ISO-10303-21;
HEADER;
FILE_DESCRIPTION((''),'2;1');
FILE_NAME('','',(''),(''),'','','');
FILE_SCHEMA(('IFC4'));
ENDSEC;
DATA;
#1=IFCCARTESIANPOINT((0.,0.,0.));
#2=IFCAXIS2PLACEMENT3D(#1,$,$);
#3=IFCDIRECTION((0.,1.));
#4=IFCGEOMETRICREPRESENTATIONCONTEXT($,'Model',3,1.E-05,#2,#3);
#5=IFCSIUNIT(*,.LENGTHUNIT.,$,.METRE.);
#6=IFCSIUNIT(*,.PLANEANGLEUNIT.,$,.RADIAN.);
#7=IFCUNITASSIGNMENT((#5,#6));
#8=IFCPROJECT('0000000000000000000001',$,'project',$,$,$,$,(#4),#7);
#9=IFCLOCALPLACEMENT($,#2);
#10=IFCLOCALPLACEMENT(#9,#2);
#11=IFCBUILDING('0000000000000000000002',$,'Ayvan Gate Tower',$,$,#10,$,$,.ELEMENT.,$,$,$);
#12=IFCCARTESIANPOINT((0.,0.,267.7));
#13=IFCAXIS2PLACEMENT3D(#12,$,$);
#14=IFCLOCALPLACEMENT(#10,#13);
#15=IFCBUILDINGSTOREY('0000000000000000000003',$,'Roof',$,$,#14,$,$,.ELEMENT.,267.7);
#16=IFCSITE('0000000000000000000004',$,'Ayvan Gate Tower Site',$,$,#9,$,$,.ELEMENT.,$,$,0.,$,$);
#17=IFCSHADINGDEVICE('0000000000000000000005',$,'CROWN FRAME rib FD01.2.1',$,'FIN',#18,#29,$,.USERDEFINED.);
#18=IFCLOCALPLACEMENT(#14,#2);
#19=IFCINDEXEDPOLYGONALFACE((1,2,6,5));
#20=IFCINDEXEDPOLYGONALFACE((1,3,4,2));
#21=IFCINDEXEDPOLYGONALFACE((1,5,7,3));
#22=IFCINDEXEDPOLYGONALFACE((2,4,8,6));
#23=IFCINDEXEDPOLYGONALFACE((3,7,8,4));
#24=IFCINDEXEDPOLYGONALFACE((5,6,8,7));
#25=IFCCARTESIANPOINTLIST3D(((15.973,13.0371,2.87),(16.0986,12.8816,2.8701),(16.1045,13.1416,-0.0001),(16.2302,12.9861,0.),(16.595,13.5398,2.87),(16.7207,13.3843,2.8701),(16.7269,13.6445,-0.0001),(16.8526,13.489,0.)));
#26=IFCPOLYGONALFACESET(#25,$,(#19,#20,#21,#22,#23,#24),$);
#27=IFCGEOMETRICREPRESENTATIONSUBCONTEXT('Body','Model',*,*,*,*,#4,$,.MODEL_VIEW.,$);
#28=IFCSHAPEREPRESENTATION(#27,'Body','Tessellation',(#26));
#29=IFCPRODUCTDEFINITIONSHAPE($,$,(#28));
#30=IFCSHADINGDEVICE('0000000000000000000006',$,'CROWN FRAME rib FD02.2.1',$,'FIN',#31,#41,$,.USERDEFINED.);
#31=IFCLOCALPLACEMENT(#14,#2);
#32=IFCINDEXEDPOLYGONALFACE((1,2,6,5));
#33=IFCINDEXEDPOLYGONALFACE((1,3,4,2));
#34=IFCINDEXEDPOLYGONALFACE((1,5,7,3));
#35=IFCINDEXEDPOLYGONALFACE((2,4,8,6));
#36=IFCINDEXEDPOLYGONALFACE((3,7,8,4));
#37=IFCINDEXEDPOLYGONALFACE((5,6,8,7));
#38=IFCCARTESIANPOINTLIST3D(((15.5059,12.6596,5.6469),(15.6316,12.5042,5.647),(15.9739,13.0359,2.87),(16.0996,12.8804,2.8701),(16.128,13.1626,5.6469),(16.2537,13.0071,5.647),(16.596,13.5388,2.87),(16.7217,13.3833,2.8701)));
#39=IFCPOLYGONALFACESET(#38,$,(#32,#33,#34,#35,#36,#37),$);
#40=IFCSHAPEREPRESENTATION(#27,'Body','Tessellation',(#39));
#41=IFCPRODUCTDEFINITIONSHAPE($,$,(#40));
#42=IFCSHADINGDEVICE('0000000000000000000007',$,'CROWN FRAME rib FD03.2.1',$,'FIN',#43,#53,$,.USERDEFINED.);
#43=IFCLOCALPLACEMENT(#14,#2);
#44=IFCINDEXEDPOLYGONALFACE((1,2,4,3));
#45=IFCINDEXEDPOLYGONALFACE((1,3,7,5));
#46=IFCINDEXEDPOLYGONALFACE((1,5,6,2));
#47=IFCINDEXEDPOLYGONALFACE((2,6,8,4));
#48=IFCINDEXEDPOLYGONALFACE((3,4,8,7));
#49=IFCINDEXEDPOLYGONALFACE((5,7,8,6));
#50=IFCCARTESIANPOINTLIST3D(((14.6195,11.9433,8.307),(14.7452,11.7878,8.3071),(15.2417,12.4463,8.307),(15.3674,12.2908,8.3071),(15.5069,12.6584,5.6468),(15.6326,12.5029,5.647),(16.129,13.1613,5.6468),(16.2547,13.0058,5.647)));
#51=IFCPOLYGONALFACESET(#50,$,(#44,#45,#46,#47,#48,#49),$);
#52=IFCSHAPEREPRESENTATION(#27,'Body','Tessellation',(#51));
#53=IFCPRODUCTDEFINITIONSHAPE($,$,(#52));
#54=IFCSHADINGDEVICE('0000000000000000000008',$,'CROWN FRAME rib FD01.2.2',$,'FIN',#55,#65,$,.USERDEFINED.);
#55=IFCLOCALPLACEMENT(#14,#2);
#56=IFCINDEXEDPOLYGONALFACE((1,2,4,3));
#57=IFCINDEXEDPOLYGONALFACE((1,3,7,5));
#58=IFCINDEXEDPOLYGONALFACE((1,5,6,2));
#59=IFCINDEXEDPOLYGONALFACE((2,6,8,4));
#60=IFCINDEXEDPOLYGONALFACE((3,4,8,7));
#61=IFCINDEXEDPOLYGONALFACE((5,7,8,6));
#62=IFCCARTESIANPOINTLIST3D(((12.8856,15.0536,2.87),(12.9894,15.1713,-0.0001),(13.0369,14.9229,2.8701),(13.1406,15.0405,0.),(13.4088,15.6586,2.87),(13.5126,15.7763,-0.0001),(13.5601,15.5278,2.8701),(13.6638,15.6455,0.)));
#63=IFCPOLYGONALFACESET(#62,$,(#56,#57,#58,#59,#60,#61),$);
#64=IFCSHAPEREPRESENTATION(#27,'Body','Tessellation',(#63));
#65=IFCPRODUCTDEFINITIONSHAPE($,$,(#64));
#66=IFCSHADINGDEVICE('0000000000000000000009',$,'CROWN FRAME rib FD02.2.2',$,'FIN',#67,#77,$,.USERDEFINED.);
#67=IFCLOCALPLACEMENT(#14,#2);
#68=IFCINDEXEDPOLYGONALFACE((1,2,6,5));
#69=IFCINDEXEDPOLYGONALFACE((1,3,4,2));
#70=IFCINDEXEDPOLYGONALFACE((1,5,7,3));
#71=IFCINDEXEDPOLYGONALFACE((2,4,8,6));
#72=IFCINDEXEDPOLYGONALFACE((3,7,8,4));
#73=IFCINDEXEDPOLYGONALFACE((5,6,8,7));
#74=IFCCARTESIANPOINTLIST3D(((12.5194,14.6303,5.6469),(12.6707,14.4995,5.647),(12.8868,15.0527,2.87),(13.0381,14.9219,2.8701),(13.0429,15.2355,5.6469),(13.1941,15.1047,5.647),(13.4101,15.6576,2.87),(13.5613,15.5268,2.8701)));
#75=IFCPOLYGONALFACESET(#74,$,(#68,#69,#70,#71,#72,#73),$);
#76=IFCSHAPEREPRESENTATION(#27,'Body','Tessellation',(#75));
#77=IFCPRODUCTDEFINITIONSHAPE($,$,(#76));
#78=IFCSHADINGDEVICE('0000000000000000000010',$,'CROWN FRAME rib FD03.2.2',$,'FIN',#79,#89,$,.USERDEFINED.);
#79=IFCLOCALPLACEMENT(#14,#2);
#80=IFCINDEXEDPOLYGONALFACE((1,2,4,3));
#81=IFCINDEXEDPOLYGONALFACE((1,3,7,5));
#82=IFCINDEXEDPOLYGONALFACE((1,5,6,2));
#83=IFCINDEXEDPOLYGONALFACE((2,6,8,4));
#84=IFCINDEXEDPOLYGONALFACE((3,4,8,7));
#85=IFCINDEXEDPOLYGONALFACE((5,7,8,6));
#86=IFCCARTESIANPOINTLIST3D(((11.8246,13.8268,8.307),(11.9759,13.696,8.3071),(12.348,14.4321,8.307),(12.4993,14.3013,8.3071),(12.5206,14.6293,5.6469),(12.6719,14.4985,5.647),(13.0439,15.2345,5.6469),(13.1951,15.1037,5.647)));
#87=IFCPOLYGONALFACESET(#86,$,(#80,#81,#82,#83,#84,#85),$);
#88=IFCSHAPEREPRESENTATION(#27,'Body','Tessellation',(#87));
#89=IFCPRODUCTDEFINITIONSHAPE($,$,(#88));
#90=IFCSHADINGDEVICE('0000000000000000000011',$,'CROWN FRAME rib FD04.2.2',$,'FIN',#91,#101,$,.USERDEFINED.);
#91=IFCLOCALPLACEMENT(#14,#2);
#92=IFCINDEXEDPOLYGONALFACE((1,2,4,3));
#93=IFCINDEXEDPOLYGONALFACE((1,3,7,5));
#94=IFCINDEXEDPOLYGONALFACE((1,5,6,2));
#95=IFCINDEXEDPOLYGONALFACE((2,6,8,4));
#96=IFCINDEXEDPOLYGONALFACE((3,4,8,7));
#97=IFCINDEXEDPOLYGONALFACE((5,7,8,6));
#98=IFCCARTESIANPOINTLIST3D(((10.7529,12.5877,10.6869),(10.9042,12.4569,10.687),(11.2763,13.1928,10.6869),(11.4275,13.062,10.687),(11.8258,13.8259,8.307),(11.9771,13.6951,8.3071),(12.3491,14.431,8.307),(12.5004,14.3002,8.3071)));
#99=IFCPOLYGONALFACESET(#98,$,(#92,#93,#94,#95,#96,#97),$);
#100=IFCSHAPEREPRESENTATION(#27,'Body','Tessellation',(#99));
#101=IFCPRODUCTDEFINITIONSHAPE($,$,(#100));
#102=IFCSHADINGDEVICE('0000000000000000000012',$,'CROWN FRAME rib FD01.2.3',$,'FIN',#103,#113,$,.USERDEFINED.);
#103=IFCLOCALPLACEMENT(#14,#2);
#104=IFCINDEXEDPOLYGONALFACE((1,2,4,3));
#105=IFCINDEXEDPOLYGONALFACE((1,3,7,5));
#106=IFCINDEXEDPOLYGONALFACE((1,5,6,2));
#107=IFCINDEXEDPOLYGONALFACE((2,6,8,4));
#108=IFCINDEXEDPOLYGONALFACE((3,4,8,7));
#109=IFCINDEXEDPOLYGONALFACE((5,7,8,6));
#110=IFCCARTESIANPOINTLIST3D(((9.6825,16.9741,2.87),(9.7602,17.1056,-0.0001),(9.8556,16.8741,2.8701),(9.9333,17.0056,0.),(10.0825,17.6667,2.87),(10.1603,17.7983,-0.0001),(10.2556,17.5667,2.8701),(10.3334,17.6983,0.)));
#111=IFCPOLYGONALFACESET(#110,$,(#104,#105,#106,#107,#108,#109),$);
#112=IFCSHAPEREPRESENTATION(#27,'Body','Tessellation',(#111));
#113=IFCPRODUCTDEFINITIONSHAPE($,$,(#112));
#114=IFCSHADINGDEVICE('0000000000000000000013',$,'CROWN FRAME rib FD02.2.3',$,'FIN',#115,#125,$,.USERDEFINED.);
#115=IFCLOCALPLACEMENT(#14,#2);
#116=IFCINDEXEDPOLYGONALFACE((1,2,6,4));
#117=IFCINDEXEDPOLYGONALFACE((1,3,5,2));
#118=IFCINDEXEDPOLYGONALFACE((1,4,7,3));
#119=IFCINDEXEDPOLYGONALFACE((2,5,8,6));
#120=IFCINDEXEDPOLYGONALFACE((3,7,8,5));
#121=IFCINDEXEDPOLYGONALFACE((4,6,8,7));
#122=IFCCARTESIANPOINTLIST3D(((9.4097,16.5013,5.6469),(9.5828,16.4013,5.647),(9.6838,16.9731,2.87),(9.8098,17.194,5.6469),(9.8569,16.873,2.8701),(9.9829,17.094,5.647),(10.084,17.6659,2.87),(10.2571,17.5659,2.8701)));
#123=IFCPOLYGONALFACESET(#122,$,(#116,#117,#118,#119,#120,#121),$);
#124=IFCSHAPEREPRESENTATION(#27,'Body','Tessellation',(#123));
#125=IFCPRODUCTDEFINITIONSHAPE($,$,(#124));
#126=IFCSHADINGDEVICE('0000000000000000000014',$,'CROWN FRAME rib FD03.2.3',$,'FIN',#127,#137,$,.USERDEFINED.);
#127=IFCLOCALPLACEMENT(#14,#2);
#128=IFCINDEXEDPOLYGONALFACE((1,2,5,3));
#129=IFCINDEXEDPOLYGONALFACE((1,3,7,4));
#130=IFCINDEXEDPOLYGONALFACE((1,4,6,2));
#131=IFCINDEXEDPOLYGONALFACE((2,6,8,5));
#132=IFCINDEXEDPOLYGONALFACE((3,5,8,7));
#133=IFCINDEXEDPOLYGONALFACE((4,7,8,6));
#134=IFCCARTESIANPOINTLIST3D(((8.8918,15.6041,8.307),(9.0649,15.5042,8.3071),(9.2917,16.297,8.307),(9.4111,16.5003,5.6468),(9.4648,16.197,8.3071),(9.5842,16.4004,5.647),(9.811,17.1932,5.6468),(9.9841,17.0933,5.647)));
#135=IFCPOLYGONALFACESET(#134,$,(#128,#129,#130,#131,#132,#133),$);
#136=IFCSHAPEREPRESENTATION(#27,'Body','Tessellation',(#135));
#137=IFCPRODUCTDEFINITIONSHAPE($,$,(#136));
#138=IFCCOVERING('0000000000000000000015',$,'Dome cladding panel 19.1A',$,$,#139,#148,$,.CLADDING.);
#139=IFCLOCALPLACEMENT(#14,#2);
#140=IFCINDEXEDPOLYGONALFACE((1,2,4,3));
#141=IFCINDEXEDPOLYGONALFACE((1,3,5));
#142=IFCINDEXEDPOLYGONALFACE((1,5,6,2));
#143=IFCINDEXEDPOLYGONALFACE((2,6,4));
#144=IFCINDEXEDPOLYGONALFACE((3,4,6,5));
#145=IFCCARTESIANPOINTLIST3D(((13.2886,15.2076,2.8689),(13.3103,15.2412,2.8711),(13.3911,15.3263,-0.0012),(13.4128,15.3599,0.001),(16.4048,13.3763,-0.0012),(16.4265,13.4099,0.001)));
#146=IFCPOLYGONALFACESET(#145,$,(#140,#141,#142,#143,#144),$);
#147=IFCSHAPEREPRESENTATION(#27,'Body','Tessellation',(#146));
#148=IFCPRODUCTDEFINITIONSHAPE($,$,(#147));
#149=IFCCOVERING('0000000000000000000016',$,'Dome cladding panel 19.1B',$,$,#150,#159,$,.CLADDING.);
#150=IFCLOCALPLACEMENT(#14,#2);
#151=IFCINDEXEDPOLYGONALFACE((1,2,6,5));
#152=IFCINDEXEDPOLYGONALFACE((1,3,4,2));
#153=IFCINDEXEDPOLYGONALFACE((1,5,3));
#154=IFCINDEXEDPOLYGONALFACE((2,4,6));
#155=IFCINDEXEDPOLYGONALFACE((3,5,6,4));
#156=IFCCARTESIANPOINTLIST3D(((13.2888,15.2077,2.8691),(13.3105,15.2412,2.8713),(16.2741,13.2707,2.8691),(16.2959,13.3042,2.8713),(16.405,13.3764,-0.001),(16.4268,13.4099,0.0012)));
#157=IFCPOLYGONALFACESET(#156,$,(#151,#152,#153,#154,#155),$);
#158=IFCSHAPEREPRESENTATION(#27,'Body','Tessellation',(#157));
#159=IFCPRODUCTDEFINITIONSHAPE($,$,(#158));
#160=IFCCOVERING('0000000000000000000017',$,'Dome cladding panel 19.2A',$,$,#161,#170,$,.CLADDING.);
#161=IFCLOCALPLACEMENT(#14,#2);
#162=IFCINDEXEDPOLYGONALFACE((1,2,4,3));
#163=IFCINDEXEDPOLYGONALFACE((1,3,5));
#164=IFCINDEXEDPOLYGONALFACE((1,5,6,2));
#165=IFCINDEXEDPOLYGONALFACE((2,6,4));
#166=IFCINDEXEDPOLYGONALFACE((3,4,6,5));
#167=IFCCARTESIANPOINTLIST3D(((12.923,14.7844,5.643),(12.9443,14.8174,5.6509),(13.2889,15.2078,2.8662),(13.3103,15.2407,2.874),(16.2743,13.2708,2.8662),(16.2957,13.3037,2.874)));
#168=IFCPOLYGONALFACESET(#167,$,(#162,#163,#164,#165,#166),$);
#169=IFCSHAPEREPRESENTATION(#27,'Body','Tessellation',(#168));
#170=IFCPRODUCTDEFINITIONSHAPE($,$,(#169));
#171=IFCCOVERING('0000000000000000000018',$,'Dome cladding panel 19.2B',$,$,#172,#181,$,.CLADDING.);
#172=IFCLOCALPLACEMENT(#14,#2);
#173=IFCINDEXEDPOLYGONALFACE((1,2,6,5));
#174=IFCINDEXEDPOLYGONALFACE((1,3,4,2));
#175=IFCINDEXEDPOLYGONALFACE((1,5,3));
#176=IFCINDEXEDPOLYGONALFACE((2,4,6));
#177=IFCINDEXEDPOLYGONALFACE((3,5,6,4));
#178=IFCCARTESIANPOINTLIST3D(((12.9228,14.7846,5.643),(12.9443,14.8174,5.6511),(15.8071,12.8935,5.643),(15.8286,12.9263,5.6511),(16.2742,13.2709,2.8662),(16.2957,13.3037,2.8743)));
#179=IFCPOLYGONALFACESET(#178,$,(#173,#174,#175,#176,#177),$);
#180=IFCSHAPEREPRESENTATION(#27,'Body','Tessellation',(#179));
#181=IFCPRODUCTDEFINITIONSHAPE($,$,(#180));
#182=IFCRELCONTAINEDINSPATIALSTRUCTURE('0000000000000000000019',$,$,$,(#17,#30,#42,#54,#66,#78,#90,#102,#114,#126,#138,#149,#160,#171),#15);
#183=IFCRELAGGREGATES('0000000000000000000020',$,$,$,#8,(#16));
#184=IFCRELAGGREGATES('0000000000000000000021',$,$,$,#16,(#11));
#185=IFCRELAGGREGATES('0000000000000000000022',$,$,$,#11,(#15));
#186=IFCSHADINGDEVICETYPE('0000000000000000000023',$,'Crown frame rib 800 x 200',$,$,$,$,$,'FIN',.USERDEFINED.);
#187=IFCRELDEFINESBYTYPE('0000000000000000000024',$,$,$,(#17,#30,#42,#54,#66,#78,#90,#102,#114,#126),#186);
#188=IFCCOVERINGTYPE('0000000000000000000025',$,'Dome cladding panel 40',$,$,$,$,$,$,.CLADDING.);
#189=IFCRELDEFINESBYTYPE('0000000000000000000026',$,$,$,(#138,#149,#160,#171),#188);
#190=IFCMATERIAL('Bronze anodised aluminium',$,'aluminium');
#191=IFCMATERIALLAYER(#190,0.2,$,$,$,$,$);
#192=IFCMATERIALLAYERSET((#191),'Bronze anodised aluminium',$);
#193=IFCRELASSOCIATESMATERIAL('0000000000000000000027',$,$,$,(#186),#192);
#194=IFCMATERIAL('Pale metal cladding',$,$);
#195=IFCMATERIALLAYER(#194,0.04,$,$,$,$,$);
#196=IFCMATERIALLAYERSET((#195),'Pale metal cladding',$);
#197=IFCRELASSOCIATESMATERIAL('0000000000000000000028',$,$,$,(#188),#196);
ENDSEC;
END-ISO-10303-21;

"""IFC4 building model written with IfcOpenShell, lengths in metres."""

from ifc_helpers import new_model, si_unit, direction, frame, origin, place, context, subcontext, project, spatial, polyline, outline, extrude, material, layer, layer_set, type_object, element, save


model = new_model("IFC4")

# Units and contexts
model_context = context("Model", 3, precision=1e-05, world=origin(), true_north=direction((0.0, 1.0)))
body_context = subcontext(model_context, "Body", "Model", "MODEL_VIEW")
ifc_project = project(units=[si_unit("LENGTHUNIT", "METRE"), si_unit("PLANEANGLEUNIT", "RADIAN")], contexts=[model_context])

# Site, building, storey
site_placement = place(None, origin())
site = spatial("IfcSite", under=ifc_project, at=site_placement, Name="Ayvan Gate Tower Site", CompositionType="ELEMENT", RefElevation=0.0)
building_placement = place(site_placement, origin())
building = spatial("IfcBuilding", under=site, at=building_placement, Name="Ayvan Gate Tower", CompositionType="ELEMENT")
storey_placement = place(building_placement, frame((0.0, 0.0, 267.7)))
storey = spatial("IfcBuildingStorey", under=building, at=storey_placement, Name="Roof", CompositionType="ELEMENT", Elevation=267.7)

# Shading devices
ifc_material_1 = material(Name="Bronze anodised aluminium", Category="aluminium")
ifc_layer_1 = layer(ifc_material_1, 0.2)
ifc_layer_set_1 = layer_set([ifc_layer_1], Name="Bronze anodised aluminium")
shading_device_type = type_object("IfcShadingDeviceType", Name="Crown frame rib 800 x 200", ElementType="FIN", PredefinedType="USERDEFINED", material=ifc_layer_set_1)
shading_device_1_placement = place(storey_placement, frame((16.2302, 12.9861, 0.0), z_axis=(0.628539, -0.777778, 0.000495), x_axis=(0.777778, 0.62854, 0.0)))
element("IfcShadingDevice", 1, at=shading_device_1_placement, inside=storey, type_object=shading_device_type, Name="CROWN FRAME rib FD01.2.1", ObjectType="FIN", PredefinedType="USERDEFINED", context=body_context, shape_type="SweptSolid", body=[
    extrude(outline(polyline([(0.0, 0.0), (0.8001, 0.0), (0.6318, 2.8701), (-0.168, 2.8701), (0.0, 0.0)])), origin(), (0.0, 0.0, -1.0), 0.2),
])
shading_device_2_placement = place(storey_placement, frame((16.0996, 12.8804, 2.8701), z_axis=(0.628706, -0.777643, 0.000605), x_axis=(0.777643, 0.628706, 0.0)))
element("IfcShadingDevice", 2, at=shading_device_2_placement, inside=storey, type_object=shading_device_type, Name="CROWN FRAME rib FD02.2.1", ObjectType="FIN", PredefinedType="USERDEFINED", context=body_context, shape_type="SweptSolid", body=[
    extrude(outline(polyline([(0.0, 0.0), (0.7999, 0.0), (0.1995, 2.7769), (-0.6005, 2.7769), (0.0, 0.0)])), origin(), (0.0, 0.0, -1.0), 0.2),
])
shading_device_3_placement = place(storey_placement, frame((15.6326, 12.5029, 5.647), z_axis=(0.628632, -0.777703, 0.000631), x_axis=(0.777703, 0.628632, 0.0)))
element("IfcShadingDevice", 3, at=shading_device_3_placement, inside=storey, type_object=shading_device_type, Name="CROWN FRAME rib FD03.2.1", ObjectType="FIN", PredefinedType="USERDEFINED", context=body_context, shape_type="SweptSolid", body=[
    extrude(outline(polyline([(0.0, 0.0), (0.7999, 0.0), (-0.3396, 2.6602), (-1.1397, 2.6602), (0.0, 0.0)])), origin(), (0.0, 0.0, -1.0), 0.2),
])
shading_device_4_placement = place(storey_placement, frame((13.1406, 15.0405, 0.0), z_axis=(0.756383, -0.654128, 0.000525), x_axis=(0.654128, 0.756384, 0.0)))
element("IfcShadingDevice", 4, at=shading_device_4_placement, inside=storey, type_object=shading_device_type, Name="CROWN FRAME rib FD01.2.2", ObjectType="FIN", PredefinedType="USERDEFINED", context=body_context, shape_type="SweptSolid", body=[
    extrude(outline(polyline([(0.0, 0.0), (0.7998, 0.0), (0.643, 2.8701), (-0.1569, 2.8701), (0.0, 0.0)])), origin(), (0.0, 0.0, -1.0), 0.2),
])
shading_device_5_placement = place(storey_placement, frame((13.0381, 14.9219, 2.8701), z_axis=(0.756373, -0.65414, 0.000583), x_axis=(0.65414, 0.756373, 0.0)))
element("IfcShadingDevice", 5, at=shading_device_5_placement, inside=storey, type_object=shading_device_type, Name="CROWN FRAME rib FD02.2.2", ObjectType="FIN", PredefinedType="USERDEFINED", context=body_context, shape_type="SweptSolid", body=[
    extrude(outline(polyline([(0.0, 0.0), (0.7998, 0.0), (0.2404, 2.7769), (-0.5598, 2.7769), (0.0, 0.0)])), origin(), (0.0, 0.0, -1.0), 0.2),
])
shading_device_6_placement = place(storey_placement, frame((12.6719, 14.4985, 5.647), z_axis=(0.756439, -0.654065, 0.00058), x_axis=(0.654065, 0.756439, 0.0)))
element("IfcShadingDevice", 6, at=shading_device_6_placement, inside=storey, type_object=shading_device_type, Name="CROWN FRAME rib FD03.2.2", ObjectType="FIN", PredefinedType="USERDEFINED", context=body_context, shape_type="SweptSolid", body=[
    extrude(outline(polyline([(0.0, 0.0), (0.8, 0.0), (-0.2621, 2.6602), (-1.0623, 2.6602), (0.0, 0.0)])), origin(), (0.0, 0.0, -1.0), 0.2),
])
shading_device_7_placement = place(storey_placement, frame((11.9771, 13.6951, 8.3071), z_axis=(0.756373, -0.65414, 0.000658), x_axis=(0.65414, 0.756373, 0.0)))
element("IfcShadingDevice", 7, at=shading_device_7_placement, inside=storey, type_object=shading_device_type, Name="CROWN FRAME rib FD04.2.2", ObjectType="FIN", PredefinedType="USERDEFINED", context=body_context, shape_type="SweptSolid", body=[
    extrude(outline(polyline([(0.0, 0.0), (0.8, 0.0), (-0.8383, 2.3799), (-1.6383, 2.3799), (0.0, 0.0)])), origin(), (0.0, 0.0, -1.0), 0.2),
])
shading_device_8_placement = place(storey_placement, frame((9.9333, 17.0056, 0.0), z_axis=(0.865952, -0.500128, 0.000531), x_axis=(0.500128, 0.865952, 0.0)))
element("IfcShadingDevice", 8, at=shading_device_8_placement, inside=storey, type_object=shading_device_type, Name="CROWN FRAME rib FD01.2.3", ObjectType="FIN", PredefinedType="USERDEFINED", context=body_context, shape_type="SweptSolid", body=[
    extrude(outline(polyline([(0.0, 0.0), (0.7999, 0.0), (0.647, 2.8701), (-0.1528, 2.8701), (0.0, 0.0)])), origin(), (0.0, 0.0, -1.0), 0.2),
])
shading_device_9_placement = place(storey_placement, frame((9.8569, 16.873, 2.8701), z_axis=(0.865924, -0.500176, 0.000514), x_axis=(0.500176, 0.865924, 0.0)))
element("IfcShadingDevice", 9, at=shading_device_9_placement, inside=storey, type_object=shading_device_type, Name="CROWN FRAME rib FD02.2.3", ObjectType="FIN", PredefinedType="USERDEFINED", context=body_context, shape_type="SweptSolid", body=[
    extrude(outline(polyline([(0.0, 0.0), (0.8001, 0.0), (0.2543, 2.7769), (-0.5456, 2.7769), (0.0, 0.0)])), origin(), (0.0, 0.0, -1.0), 0.2),
])
shading_device_10_placement = place(storey_placement, frame((9.5842, 16.4004, 5.647), z_axis=(0.866094, -0.499881, 0.000653), x_axis=(0.499881, 0.866094, 0.0)))
element("IfcShadingDevice", 10, at=shading_device_10_placement, inside=storey, type_object=shading_device_type, Name="CROWN FRAME rib FD03.2.3", ObjectType="FIN", PredefinedType="USERDEFINED", context=body_context, shape_type="SweptSolid", body=[
    extrude(outline(polyline([(0.0, 0.0), (0.8, 0.0), (-0.2358, 2.6602), (-1.0358, 2.6602), (0.0, 0.0)])), origin(), (0.0, 0.0, -1.0), 0.2),
])

# Coverings
ifc_material_2 = material(Name="Pale metal cladding")
ifc_layer_2 = layer(ifc_material_2, 0.04)
ifc_layer_set_2 = layer_set([ifc_layer_2], Name="Pale metal cladding")
covering_type = type_object("IfcCoveringType", Name="Dome cladding panel 40", PredefinedType="CLADDING", material=ifc_layer_set_2)
covering_1_placement = place(storey_placement, frame((16.4265, 13.4099, 0.001), z_axis=(0.542443, 0.838353, 0.054038), x_axis=(-0.839579, 0.543237, 0.0)))
element("IfcCovering", 11, at=covering_1_placement, inside=storey, type_object=covering_type, Name="Dome cladding panel 19.1A", PredefinedType="CLADDING", context=body_context, shape_type="SweptSolid", body=[
    extrude(outline(polyline([(0.0, 0.0), (3.5895, 0.0), (3.6111, 2.8743), (0.0, 0.0)])), origin(), (0.0, 0.0, -1.0), 0.04),
])
covering_2_placement = place(storey_placement, frame((16.4268, 13.4099, 0.0012), z_axis=(0.54346, 0.837589, 0.055629), x_axis=(-0.675175, 0.396779, 0.621855)))
element("IfcCovering", 12, at=covering_2_placement, inside=storey, type_object=covering_type, Name="Dome cladding panel 19.1B", PredefinedType="CLADDING", context=body_context, shape_type="SweptSolid", body=[
    extrude(outline(polyline([(0.0, 0.0), (4.6154, 0.0), (1.8312, 2.2164), (0.0, 0.0)])), origin(), (0.0, 0.0, -1.0), 0.04),
])
covering_3_placement = place(storey_placement, frame((16.2957, 13.3037, 2.874), z_axis=(0.533772, 0.822657, 0.195763), x_axis=(-0.838888, 0.544303, 0.0)))
element("IfcCovering", 13, at=covering_3_placement, inside=storey, type_object=covering_type, Name="Dome cladding panel 19.2A", PredefinedType="CLADDING", context=body_context, shape_type="SweptSolid", body=[
    extrude(outline(polyline([(0.0, 0.0), (3.5587, 0.0), (3.6353, 2.8316), (0.0, 0.0)])), origin(), (0.0, 0.0, -1.0), 0.04),
])
covering_4_placement = place(storey_placement, frame((16.2957, 13.3037, 2.8743), z_axis=(0.537048, 0.819092, 0.201661), x_axis=(-0.727286, 0.328489, 0.602619)))
element("IfcCovering", 14, at=covering_4_placement, inside=storey, type_object=covering_type, Name="Dome cladding panel 19.2B", PredefinedType="CLADDING", context=body_context, shape_type="SweptSolid", body=[
    extrude(outline(polyline([(0.0, 0.0), (4.608, 0.0), (1.8891, 2.122), (0.0, 0.0)])), origin(), (0.0, 0.0, -1.0), 0.04),
])

save(model, "model.ifc")
